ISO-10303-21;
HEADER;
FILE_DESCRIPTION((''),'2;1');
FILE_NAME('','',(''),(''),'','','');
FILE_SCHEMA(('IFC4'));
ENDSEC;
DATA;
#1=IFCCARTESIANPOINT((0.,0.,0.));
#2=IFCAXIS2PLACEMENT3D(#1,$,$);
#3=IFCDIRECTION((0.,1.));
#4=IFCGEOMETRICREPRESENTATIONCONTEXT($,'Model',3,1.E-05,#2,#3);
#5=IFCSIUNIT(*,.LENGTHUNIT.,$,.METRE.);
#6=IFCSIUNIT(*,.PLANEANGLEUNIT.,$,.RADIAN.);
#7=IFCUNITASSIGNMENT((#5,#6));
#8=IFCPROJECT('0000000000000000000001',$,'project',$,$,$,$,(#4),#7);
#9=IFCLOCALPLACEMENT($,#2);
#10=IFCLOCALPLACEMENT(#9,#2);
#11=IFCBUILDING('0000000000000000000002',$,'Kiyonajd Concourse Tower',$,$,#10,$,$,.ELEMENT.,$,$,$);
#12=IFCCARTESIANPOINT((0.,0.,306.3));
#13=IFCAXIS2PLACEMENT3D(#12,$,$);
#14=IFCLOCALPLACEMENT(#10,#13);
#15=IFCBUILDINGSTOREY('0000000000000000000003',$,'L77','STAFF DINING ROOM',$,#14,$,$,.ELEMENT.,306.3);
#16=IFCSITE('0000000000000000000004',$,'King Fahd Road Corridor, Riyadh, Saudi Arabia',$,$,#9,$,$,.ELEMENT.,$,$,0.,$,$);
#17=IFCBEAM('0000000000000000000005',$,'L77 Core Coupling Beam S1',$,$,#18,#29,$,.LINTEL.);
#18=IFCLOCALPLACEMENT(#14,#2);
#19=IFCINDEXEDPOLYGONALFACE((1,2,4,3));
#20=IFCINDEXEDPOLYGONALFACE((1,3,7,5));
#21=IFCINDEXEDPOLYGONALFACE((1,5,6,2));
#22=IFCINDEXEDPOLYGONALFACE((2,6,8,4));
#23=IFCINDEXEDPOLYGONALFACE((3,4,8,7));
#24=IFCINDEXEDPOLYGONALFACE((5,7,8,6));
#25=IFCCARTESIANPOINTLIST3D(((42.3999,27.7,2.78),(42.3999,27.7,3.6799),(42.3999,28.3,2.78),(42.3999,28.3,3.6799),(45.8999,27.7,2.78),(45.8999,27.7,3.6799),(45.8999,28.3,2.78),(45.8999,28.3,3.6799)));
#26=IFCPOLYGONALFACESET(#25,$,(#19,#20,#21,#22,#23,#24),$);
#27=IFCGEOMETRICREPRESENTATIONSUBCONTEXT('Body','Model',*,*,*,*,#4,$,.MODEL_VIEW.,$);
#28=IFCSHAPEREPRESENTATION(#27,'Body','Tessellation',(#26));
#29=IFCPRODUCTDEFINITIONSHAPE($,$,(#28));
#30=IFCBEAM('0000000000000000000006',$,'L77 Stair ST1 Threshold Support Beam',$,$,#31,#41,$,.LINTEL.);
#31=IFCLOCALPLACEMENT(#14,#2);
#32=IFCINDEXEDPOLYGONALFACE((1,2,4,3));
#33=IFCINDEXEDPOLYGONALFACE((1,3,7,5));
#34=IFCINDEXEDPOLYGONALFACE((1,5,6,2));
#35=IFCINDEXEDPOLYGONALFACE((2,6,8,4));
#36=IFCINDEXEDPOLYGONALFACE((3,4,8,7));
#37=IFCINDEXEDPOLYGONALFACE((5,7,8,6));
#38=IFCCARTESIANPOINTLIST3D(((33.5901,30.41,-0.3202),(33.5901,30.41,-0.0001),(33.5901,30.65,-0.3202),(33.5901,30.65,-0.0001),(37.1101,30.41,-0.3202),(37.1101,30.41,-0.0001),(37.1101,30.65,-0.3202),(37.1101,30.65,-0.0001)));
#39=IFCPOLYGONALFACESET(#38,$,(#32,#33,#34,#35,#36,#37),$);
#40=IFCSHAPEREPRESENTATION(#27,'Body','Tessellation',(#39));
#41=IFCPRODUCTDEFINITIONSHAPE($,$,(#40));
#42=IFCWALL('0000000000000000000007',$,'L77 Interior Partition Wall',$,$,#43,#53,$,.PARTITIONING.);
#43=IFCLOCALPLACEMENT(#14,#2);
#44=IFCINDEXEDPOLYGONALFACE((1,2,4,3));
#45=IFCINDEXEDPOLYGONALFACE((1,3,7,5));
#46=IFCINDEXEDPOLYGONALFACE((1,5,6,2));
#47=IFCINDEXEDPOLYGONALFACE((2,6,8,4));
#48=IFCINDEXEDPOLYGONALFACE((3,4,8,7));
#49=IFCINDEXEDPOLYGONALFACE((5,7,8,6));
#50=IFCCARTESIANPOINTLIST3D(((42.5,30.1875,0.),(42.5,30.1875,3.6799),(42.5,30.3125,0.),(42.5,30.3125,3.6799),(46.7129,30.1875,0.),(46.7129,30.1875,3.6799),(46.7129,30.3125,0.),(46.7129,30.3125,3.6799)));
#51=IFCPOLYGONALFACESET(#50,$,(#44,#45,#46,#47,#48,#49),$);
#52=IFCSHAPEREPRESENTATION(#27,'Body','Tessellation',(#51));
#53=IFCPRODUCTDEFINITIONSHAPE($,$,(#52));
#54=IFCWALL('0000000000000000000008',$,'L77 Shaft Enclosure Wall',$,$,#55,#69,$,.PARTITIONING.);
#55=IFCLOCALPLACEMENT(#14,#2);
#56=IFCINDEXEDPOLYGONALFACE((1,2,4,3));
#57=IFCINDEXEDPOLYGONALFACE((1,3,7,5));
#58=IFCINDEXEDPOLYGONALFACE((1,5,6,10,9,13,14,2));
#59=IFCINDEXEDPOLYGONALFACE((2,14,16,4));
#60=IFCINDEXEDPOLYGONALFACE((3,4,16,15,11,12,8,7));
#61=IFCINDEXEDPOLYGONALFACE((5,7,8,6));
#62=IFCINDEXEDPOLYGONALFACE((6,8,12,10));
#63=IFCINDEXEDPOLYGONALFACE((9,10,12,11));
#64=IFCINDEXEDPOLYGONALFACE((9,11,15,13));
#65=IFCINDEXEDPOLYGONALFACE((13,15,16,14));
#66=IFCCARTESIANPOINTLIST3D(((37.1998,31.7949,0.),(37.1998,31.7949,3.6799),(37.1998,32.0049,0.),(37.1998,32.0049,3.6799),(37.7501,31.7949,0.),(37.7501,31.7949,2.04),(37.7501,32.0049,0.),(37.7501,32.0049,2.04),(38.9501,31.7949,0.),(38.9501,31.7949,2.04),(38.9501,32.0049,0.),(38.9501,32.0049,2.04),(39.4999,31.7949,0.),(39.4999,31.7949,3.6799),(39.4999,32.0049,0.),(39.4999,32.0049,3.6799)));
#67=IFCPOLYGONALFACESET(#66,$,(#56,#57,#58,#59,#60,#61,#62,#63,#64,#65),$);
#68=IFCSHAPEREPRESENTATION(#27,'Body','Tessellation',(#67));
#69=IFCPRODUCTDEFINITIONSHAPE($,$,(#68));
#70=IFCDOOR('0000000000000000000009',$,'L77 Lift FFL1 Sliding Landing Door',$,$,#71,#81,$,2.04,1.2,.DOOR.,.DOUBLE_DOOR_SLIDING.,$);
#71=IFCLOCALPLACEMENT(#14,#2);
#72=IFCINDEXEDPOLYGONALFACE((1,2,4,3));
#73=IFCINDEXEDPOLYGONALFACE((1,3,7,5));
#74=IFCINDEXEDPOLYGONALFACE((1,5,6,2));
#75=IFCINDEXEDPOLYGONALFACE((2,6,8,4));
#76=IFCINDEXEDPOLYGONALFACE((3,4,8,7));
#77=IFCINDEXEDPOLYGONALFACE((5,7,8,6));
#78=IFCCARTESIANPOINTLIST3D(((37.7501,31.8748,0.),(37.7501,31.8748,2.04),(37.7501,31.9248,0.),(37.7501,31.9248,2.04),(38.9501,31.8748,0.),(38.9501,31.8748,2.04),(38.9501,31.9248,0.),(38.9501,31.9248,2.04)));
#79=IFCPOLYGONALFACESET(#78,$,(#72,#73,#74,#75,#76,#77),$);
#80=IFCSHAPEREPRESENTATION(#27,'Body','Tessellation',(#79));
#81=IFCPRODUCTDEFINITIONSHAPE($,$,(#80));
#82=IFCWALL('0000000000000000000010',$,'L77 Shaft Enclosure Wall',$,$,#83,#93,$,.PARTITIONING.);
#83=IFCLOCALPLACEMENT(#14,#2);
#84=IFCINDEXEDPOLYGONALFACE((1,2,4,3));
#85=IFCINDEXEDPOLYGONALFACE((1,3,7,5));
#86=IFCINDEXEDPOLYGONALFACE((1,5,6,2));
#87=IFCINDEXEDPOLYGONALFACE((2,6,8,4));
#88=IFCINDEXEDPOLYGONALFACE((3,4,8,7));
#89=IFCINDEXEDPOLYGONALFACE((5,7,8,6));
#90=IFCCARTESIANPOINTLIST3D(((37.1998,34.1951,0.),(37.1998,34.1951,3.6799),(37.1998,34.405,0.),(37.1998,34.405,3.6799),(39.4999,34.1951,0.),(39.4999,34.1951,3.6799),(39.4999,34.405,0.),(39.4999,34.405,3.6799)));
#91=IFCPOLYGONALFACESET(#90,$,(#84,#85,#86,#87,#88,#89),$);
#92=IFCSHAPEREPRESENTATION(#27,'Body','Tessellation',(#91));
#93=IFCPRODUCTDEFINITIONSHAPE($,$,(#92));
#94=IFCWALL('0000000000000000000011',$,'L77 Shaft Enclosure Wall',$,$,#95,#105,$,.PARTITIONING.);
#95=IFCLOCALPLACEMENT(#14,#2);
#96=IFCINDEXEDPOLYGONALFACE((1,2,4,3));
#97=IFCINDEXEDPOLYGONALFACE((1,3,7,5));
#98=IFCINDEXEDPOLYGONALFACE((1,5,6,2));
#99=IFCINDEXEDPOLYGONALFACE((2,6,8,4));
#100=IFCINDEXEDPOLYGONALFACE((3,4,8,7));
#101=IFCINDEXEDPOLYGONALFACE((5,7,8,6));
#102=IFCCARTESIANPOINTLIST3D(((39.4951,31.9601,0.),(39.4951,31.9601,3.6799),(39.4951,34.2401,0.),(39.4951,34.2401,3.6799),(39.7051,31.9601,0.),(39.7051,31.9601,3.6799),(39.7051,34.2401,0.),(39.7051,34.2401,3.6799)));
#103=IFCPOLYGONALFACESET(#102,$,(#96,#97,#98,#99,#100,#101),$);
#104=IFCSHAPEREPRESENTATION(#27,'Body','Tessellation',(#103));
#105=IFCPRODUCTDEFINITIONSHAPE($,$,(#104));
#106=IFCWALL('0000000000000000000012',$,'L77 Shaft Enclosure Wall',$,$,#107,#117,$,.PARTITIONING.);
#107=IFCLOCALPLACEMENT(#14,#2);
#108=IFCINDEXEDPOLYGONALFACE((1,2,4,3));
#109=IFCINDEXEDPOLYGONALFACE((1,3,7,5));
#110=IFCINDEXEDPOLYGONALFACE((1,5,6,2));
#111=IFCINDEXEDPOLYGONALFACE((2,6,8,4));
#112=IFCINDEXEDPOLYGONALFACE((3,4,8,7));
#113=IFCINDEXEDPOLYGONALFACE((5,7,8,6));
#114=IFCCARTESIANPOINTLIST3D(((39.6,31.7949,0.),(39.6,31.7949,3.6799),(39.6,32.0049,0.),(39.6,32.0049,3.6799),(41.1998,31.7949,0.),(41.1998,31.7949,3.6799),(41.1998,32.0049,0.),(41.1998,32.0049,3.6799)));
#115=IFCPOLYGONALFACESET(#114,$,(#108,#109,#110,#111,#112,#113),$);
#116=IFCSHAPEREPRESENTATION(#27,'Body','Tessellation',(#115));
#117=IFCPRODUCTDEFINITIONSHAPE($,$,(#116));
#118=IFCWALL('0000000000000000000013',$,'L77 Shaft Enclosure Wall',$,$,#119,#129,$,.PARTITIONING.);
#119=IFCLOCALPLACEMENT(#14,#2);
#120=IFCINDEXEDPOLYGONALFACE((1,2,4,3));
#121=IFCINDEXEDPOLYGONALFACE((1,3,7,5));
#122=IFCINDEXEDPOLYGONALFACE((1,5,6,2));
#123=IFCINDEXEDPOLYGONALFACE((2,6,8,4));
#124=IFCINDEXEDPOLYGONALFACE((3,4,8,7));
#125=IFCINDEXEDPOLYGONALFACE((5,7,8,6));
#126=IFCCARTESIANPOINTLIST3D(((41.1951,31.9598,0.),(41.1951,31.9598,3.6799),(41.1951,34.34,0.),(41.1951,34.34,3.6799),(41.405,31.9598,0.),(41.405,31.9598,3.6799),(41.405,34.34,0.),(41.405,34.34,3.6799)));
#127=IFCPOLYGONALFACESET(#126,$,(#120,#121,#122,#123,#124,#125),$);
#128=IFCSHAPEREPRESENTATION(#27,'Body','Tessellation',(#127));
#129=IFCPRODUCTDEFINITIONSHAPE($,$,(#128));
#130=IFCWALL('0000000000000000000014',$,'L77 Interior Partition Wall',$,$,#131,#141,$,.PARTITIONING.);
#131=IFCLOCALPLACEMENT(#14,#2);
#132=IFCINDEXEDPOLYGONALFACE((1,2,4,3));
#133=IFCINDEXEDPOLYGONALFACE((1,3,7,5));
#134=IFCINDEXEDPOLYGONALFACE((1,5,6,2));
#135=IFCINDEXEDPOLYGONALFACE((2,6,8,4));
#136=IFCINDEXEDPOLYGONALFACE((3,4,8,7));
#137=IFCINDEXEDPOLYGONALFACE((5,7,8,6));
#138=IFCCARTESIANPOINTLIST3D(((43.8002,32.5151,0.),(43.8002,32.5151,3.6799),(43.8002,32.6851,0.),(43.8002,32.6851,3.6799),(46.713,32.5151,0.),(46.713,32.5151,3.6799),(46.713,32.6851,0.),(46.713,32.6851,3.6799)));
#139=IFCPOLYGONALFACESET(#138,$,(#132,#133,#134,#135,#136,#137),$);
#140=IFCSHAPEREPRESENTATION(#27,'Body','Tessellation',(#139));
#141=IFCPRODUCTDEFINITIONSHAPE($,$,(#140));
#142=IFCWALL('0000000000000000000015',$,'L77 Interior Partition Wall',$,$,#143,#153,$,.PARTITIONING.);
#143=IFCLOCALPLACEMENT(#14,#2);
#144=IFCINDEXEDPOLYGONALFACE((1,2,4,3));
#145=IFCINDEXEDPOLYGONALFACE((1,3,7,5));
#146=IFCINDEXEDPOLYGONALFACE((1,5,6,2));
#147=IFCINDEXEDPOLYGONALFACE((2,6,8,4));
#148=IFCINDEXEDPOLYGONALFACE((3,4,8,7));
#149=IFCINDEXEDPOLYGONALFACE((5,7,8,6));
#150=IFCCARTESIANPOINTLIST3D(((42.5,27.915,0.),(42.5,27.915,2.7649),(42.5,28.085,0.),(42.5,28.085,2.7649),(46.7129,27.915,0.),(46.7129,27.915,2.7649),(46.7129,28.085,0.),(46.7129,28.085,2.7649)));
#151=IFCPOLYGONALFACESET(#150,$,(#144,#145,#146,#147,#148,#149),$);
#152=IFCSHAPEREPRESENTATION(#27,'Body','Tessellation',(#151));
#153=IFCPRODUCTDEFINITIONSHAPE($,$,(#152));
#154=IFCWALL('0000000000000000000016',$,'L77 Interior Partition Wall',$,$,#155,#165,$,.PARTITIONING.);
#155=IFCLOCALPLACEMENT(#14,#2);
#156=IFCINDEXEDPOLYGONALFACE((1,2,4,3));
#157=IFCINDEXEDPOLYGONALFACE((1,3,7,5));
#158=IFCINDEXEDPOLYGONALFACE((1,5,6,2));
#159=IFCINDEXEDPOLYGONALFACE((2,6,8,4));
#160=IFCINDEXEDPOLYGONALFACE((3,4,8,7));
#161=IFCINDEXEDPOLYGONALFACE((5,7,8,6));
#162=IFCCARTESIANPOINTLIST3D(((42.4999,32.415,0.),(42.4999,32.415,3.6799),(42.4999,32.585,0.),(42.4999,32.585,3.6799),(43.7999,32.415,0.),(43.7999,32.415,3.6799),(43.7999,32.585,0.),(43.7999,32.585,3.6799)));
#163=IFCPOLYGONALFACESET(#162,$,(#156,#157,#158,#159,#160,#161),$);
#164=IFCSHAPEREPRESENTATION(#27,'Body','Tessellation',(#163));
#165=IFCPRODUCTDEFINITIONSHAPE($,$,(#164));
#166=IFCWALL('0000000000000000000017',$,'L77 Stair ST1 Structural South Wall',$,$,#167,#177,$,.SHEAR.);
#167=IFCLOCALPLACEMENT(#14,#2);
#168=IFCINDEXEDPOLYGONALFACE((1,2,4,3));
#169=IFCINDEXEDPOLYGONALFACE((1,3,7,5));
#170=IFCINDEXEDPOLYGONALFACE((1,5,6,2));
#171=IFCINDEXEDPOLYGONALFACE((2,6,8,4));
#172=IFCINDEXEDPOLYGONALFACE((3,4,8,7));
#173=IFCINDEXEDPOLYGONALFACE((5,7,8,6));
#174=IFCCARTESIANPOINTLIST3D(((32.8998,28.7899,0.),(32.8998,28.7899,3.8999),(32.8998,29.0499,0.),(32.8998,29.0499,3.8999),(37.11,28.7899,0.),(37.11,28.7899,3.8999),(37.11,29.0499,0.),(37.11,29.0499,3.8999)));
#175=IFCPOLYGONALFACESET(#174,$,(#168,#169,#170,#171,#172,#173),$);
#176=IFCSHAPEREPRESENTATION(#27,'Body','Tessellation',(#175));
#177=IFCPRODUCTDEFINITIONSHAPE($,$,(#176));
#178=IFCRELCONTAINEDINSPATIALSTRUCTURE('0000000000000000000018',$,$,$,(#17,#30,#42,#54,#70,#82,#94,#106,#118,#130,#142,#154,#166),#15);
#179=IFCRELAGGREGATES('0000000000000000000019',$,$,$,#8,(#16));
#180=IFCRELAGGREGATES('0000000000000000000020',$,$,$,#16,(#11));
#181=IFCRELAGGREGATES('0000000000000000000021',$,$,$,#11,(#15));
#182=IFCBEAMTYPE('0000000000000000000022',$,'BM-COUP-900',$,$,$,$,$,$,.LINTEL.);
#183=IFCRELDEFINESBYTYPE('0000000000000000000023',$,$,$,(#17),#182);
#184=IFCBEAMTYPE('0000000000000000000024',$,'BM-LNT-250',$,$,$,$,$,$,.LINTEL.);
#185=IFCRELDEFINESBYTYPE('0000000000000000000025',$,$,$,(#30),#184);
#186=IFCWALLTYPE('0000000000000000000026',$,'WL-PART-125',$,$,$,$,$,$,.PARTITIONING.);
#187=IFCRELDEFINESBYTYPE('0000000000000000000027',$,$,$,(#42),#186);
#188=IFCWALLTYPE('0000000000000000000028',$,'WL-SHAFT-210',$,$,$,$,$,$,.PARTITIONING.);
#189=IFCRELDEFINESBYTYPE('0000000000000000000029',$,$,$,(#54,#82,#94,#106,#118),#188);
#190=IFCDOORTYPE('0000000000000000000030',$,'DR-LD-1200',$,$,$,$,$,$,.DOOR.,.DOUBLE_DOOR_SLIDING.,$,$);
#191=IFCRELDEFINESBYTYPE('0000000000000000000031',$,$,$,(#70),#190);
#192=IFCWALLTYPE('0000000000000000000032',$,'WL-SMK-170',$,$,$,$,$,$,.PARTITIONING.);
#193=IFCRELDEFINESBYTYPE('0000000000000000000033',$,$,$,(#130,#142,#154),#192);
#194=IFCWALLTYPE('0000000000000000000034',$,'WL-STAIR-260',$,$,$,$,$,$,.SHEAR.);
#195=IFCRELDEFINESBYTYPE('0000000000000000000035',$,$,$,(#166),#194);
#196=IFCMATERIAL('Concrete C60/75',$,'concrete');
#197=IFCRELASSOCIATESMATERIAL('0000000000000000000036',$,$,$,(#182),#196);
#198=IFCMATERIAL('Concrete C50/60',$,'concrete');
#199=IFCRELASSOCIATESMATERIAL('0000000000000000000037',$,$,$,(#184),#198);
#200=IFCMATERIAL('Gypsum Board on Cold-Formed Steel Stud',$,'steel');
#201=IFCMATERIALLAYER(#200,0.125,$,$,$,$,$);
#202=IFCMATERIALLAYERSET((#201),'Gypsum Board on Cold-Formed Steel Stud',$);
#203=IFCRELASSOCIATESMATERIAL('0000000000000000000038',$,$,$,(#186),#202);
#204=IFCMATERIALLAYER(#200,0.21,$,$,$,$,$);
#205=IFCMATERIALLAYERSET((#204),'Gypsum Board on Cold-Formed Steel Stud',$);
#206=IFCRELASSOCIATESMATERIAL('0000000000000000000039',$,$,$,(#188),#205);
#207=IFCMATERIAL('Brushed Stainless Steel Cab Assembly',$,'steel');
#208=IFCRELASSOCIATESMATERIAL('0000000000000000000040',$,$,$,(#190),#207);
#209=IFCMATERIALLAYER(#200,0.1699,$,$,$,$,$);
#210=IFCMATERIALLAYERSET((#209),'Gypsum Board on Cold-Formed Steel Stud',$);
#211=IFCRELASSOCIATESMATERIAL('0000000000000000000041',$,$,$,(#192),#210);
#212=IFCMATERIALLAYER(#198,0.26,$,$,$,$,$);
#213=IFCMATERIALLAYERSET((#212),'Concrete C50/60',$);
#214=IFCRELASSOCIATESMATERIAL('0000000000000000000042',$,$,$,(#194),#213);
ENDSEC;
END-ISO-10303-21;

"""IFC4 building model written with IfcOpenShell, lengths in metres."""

from ifc_helpers import new_model, si_unit, direction, frame, frame_2d, origin, origin_2d, place, context, subcontext, project, spatial, rectangle, extrude, material, layer, layer_set, material_profile, profile_set, type_object, element, fill, save


model = new_model("IFC4")

# Units and contexts
model_context = context("Model", 3, precision=1e-05, world=origin(), true_north=direction((0.0, 1.0)))
body_context = subcontext(model_context, "Body", "Model", "MODEL_VIEW")
ifc_project = project(units=[si_unit("LENGTHUNIT", "METRE"), si_unit("PLANEANGLEUNIT", "RADIAN")], contexts=[model_context])

# Site, building, storey
site_placement = place(None, origin())
site = spatial("IfcSite", under=ifc_project, at=site_placement, Name="King Fahd Road Corridor, Riyadh, Saudi Arabia", CompositionType="ELEMENT", RefElevation=0.0)
building_placement = place(site_placement, origin())
building = spatial("IfcBuilding", under=site, at=building_placement, Name="Kiyonajd Concourse Tower", CompositionType="ELEMENT")
storey_placement = place(building_placement, frame((0.0, 0.0, 306.3)))
storey = spatial("IfcBuildingStorey", under=building, at=storey_placement, Name="L77", Description="STAFF DINING ROOM", CompositionType="ELEMENT", Elevation=306.3)

# Beams
ifc_material_1 = material(Name="Concrete C60/75", Category="concrete")
ifc_material_profile_1 = material_profile(ifc_material_1, rectangle(XDim=0.6001, YDim=0.8999, at=origin_2d()), Name="RCBM-600x900")
ifc_profile_set_1 = profile_set([ifc_material_profile_1], Name="Concrete C60/75")
beam_type_1 = type_object("IfcBeamType", Name="BM-COUP-900", PredefinedType="LINTEL", material=ifc_profile_set_1)
beam_1_placement = place(storey_placement, frame((42.3999, 28.0, 3.23), z_axis=(1.0, 0.0, 0.0), x_axis=(0.0, 1.0, 0.0)))
element("IfcBeam", 1, at=beam_1_placement, inside=storey, type_object=beam_type_1, Name="L77 Core Coupling Beam S1", PredefinedType="LINTEL", context=body_context, shape_type="SweptSolid", body=[
    extrude(rectangle(XDim=0.6001, YDim=0.8999, at=origin_2d()), origin(), (0.0, 0.0, 1.0), 3.5),
])
ifc_material_2 = material(Name="Concrete C50/60", Category="concrete")
ifc_material_profile_2 = material_profile(ifc_material_2, rectangle(XDim=0.24, YDim=0.3201, at=origin_2d()), Name="RCBM-240x320")
ifc_profile_set_2 = profile_set([ifc_material_profile_2], Name="Concrete C50/60")
beam_type_2 = type_object("IfcBeamType", Name="BM-LNT-250", PredefinedType="LINTEL", material=ifc_profile_set_2)
beam_2_placement = place(storey_placement, frame((33.5901, 30.53, -0.1602), z_axis=(1.0, 0.0, 0.0), x_axis=(0.0, 1.0, 0.0)))
element("IfcBeam", 2, at=beam_2_placement, inside=storey, type_object=beam_type_2, Name="L77 Stair ST1 Threshold Support Beam", PredefinedType="LINTEL", context=body_context, shape_type="SweptSolid", body=[
    extrude(rectangle(XDim=0.24, YDim=0.3201, at=origin_2d()), origin(), (0.0, 0.0, 1.0), 3.52),
])

# Wall
ifc_material_3 = material(Name="Gypsum Board on Cold-Formed Steel Stud", Category="steel")
ifc_layer_1 = layer(ifc_material_3, 0.125)
ifc_layer_set_1 = layer_set([ifc_layer_1], Name="Gypsum Board on Cold-Formed Steel Stud")
wall_type_1 = type_object("IfcWallType", Name="WL-PART-125", PredefinedType="PARTITIONING", material=ifc_layer_set_1)
wall_1_placement = place(storey_placement, frame((42.5, 30.25, 0.0), z_axis=(0.0, 0.0, 1.0), x_axis=(1.0, 0.0, 0.0)))
element("IfcWall", 3, at=wall_1_placement, inside=storey, type_object=wall_type_1, Name="L77 Interior Partition Wall", PredefinedType="PARTITIONING", context=body_context, shape_type="SweptSolid", body=[
    extrude(rectangle(XDim=4.2129, YDim=0.125, at=frame_2d((2.1064, 0.0))), origin(), (0.0, 0.0, 1.0), 3.6799),
])

# Wall, opening, door
ifc_layer_2 = layer(ifc_material_3, 0.21)
ifc_layer_set_2 = layer_set([ifc_layer_2], Name="Gypsum Board on Cold-Formed Steel Stud")
wall_type_2 = type_object("IfcWallType", Name="WL-SHAFT-210", PredefinedType="PARTITIONING", material=ifc_layer_set_2)
wall_2_placement = place(storey_placement, frame((37.2, 31.8999, 0.0), z_axis=(0.0, 0.0, 1.0), x_axis=(1.0, 0.0, 0.0)))
wall_2 = element("IfcWall", 4, at=wall_2_placement, inside=storey, type_object=wall_type_2, Name="L77 Shaft Enclosure Wall", PredefinedType="PARTITIONING", context=body_context, shape_type="SweptSolid", body=[
    extrude(rectangle(XDim=2.3, YDim=0.21, at=frame_2d((1.1499, 0.0))), origin(), (0.0, 0.0, 1.0), 3.6799),
])
opening_1_placement = place(wall_2_placement, frame((0.55, 0.0, 0.0)))
opening_1 = element("IfcOpeningElement", 5, at=opening_1_placement, cuts=wall_2, PredefinedType="OPENING", context=body_context, shape_type="SweptSolid", body=[
    extrude(rectangle(XDim=1.2, YDim=2.04, at=frame_2d((0.6001, 1.02))), frame((0.0, 0.115, 0.0), z_axis=(0.0, -1.0, 0.0), x_axis=(1.0, 0.0, 0.0)), (0.0, 0.0, 1.0), 0.23),
])
ifc_material_4 = material(Name="Brushed Stainless Steel Cab Assembly", Category="steel")
door_type_1 = type_object("IfcDoorType", Name="DR-LD-1200", OperationType="DOUBLE_DOOR_SLIDING", PredefinedType="DOOR", material=ifc_material_4)
door_1_placement = place(opening_1_placement, origin())
door_1 = element("IfcDoor", 6, at=door_1_placement, inside=storey, type_object=door_type_1, Name="L77 Lift FFL1 Sliding Landing Door", OperationType="DOUBLE_DOOR_SLIDING", OverallHeight=2.04, OverallWidth=1.2, PredefinedType="DOOR", context=body_context, shape_type="SweptSolid", body=[
    extrude(rectangle(XDim=1.2, YDim=2.04, at=frame_2d((0.6001, 1.02))), frame((0.0, 0.0249, 0.0), z_axis=(0.0, -1.0, 0.0), x_axis=(1.0, 0.0, 0.0)), (0.0, 0.0, 1.0), 0.05),
])
fill(opening_1, door_1)

# Walls
wall_3_placement = place(storey_placement, frame((37.2, 34.3, 0.0), z_axis=(0.0, 0.0, 1.0), x_axis=(1.0, 0.0, 0.0)))
element("IfcWall", 7, at=wall_3_placement, inside=storey, type_object=wall_type_2, Name="L77 Shaft Enclosure Wall", PredefinedType="PARTITIONING", context=body_context, shape_type="SweptSolid", body=[
    extrude(rectangle(XDim=2.3, YDim=0.21, at=frame_2d((1.1499, 0.0))), origin(), (0.0, 0.0, 1.0), 3.6799),
])
wall_4_placement = place(storey_placement, frame((39.6001, 31.96, 0.0), z_axis=(0.0, 0.0, 1.0), x_axis=(0.0, 1.0, 0.0)))
element("IfcWall", 8, at=wall_4_placement, inside=storey, type_object=wall_type_2, Name="L77 Shaft Enclosure Wall", PredefinedType="PARTITIONING", context=body_context, shape_type="SweptSolid", body=[
    extrude(rectangle(XDim=2.28, YDim=0.21, at=frame_2d((1.1401, 0.0))), origin(), (0.0, 0.0, 1.0), 3.6799),
])
wall_5_placement = place(storey_placement, frame((39.6001, 31.8999, 0.0), z_axis=(0.0, 0.0, 1.0), x_axis=(1.0, 0.0, 0.0)))
element("IfcWall", 9, at=wall_5_placement, inside=storey, type_object=wall_type_2, Name="L77 Shaft Enclosure Wall", PredefinedType="PARTITIONING", context=body_context, shape_type="SweptSolid", body=[
    extrude(rectangle(XDim=1.5999, YDim=0.21, at=frame_2d((0.7998, 0.0))), origin(), (0.0, 0.0, 1.0), 3.6799),
])
wall_6_placement = place(storey_placement, frame((41.3, 31.96, 0.0), z_axis=(0.0, 0.0, 1.0), x_axis=(0.0, 1.0, 0.0)))
element("IfcWall", 10, at=wall_6_placement, inside=storey, type_object=wall_type_2, Name="L77 Shaft Enclosure Wall", PredefinedType="PARTITIONING", context=body_context, shape_type="SweptSolid", body=[
    extrude(rectangle(XDim=2.3801, YDim=0.21, at=frame_2d((1.1899, 0.0))), origin(), (0.0, 0.0, 1.0), 3.6799),
])
ifc_layer_3 = layer(ifc_material_3, 0.1699)
ifc_layer_set_3 = layer_set([ifc_layer_3], Name="Gypsum Board on Cold-Formed Steel Stud")
wall_type_3 = type_object("IfcWallType", Name="WL-SMK-170", PredefinedType="PARTITIONING", material=ifc_layer_set_3)
wall_7_placement = place(storey_placement, frame((43.8, 32.6001, 0.0), z_axis=(0.0, 0.0, 1.0), x_axis=(1.0, 0.0, 0.0)))
element("IfcWall", 11, at=wall_7_placement, inside=storey, type_object=wall_type_3, Name="L77 Interior Partition Wall", PredefinedType="PARTITIONING", context=body_context, shape_type="SweptSolid", body=[
    extrude(rectangle(XDim=2.9128, YDim=0.1699, at=frame_2d((1.4565, 0.0))), origin(), (0.0, 0.0, 1.0), 3.6799),
])
wall_8_placement = place(storey_placement, frame((42.5, 28.0, 0.0), z_axis=(0.0, 0.0, 1.0), x_axis=(1.0, 0.0, 0.0)))
element("IfcWall", 12, at=wall_8_placement, inside=storey, type_object=wall_type_3, Name="L77 Interior Partition Wall", PredefinedType="PARTITIONING", context=body_context, shape_type="SweptSolid", body=[
    extrude(rectangle(XDim=4.2129, YDim=0.1699, at=frame_2d((2.1064, 0.0))), origin(), (0.0, 0.0, 1.0), 2.7649),
])
wall_9_placement = place(storey_placement, frame((42.5, 32.5, 0.0), z_axis=(0.0, 0.0, 1.0), x_axis=(1.0, 0.0, 0.0)))
element("IfcWall", 13, at=wall_9_placement, inside=storey, type_object=wall_type_3, Name="L77 Interior Partition Wall", PredefinedType="PARTITIONING", context=body_context, shape_type="SweptSolid", body=[
    extrude(rectangle(XDim=1.3, YDim=0.1699, at=frame_2d((0.6499, 0.0))), origin(), (0.0, 0.0, 1.0), 3.6799),
])
ifc_layer_4 = layer(ifc_material_2, 0.26)
ifc_layer_set_4 = layer_set([ifc_layer_4], Name="Concrete C50/60")
wall_type_4 = type_object("IfcWallType", Name="WL-STAIR-260", PredefinedType="SHEAR", material=ifc_layer_set_4)
wall_10_placement = place(storey_placement, frame((32.8999, 28.9199, 0.0), z_axis=(0.0, 0.0, 1.0), x_axis=(1.0, 0.0, 0.0)))
element("IfcWall", 14, at=wall_10_placement, inside=storey, type_object=wall_type_4, Name="L77 Stair ST1 Structural South Wall", PredefinedType="SHEAR", context=body_context, shape_type="SweptSolid", body=[
    extrude(rectangle(XDim=4.2102, YDim=0.26, at=frame_2d((2.105, 0.0))), origin(), (0.0, 0.0, 1.0), 3.8999),
])

save(model, "model.ifc")
